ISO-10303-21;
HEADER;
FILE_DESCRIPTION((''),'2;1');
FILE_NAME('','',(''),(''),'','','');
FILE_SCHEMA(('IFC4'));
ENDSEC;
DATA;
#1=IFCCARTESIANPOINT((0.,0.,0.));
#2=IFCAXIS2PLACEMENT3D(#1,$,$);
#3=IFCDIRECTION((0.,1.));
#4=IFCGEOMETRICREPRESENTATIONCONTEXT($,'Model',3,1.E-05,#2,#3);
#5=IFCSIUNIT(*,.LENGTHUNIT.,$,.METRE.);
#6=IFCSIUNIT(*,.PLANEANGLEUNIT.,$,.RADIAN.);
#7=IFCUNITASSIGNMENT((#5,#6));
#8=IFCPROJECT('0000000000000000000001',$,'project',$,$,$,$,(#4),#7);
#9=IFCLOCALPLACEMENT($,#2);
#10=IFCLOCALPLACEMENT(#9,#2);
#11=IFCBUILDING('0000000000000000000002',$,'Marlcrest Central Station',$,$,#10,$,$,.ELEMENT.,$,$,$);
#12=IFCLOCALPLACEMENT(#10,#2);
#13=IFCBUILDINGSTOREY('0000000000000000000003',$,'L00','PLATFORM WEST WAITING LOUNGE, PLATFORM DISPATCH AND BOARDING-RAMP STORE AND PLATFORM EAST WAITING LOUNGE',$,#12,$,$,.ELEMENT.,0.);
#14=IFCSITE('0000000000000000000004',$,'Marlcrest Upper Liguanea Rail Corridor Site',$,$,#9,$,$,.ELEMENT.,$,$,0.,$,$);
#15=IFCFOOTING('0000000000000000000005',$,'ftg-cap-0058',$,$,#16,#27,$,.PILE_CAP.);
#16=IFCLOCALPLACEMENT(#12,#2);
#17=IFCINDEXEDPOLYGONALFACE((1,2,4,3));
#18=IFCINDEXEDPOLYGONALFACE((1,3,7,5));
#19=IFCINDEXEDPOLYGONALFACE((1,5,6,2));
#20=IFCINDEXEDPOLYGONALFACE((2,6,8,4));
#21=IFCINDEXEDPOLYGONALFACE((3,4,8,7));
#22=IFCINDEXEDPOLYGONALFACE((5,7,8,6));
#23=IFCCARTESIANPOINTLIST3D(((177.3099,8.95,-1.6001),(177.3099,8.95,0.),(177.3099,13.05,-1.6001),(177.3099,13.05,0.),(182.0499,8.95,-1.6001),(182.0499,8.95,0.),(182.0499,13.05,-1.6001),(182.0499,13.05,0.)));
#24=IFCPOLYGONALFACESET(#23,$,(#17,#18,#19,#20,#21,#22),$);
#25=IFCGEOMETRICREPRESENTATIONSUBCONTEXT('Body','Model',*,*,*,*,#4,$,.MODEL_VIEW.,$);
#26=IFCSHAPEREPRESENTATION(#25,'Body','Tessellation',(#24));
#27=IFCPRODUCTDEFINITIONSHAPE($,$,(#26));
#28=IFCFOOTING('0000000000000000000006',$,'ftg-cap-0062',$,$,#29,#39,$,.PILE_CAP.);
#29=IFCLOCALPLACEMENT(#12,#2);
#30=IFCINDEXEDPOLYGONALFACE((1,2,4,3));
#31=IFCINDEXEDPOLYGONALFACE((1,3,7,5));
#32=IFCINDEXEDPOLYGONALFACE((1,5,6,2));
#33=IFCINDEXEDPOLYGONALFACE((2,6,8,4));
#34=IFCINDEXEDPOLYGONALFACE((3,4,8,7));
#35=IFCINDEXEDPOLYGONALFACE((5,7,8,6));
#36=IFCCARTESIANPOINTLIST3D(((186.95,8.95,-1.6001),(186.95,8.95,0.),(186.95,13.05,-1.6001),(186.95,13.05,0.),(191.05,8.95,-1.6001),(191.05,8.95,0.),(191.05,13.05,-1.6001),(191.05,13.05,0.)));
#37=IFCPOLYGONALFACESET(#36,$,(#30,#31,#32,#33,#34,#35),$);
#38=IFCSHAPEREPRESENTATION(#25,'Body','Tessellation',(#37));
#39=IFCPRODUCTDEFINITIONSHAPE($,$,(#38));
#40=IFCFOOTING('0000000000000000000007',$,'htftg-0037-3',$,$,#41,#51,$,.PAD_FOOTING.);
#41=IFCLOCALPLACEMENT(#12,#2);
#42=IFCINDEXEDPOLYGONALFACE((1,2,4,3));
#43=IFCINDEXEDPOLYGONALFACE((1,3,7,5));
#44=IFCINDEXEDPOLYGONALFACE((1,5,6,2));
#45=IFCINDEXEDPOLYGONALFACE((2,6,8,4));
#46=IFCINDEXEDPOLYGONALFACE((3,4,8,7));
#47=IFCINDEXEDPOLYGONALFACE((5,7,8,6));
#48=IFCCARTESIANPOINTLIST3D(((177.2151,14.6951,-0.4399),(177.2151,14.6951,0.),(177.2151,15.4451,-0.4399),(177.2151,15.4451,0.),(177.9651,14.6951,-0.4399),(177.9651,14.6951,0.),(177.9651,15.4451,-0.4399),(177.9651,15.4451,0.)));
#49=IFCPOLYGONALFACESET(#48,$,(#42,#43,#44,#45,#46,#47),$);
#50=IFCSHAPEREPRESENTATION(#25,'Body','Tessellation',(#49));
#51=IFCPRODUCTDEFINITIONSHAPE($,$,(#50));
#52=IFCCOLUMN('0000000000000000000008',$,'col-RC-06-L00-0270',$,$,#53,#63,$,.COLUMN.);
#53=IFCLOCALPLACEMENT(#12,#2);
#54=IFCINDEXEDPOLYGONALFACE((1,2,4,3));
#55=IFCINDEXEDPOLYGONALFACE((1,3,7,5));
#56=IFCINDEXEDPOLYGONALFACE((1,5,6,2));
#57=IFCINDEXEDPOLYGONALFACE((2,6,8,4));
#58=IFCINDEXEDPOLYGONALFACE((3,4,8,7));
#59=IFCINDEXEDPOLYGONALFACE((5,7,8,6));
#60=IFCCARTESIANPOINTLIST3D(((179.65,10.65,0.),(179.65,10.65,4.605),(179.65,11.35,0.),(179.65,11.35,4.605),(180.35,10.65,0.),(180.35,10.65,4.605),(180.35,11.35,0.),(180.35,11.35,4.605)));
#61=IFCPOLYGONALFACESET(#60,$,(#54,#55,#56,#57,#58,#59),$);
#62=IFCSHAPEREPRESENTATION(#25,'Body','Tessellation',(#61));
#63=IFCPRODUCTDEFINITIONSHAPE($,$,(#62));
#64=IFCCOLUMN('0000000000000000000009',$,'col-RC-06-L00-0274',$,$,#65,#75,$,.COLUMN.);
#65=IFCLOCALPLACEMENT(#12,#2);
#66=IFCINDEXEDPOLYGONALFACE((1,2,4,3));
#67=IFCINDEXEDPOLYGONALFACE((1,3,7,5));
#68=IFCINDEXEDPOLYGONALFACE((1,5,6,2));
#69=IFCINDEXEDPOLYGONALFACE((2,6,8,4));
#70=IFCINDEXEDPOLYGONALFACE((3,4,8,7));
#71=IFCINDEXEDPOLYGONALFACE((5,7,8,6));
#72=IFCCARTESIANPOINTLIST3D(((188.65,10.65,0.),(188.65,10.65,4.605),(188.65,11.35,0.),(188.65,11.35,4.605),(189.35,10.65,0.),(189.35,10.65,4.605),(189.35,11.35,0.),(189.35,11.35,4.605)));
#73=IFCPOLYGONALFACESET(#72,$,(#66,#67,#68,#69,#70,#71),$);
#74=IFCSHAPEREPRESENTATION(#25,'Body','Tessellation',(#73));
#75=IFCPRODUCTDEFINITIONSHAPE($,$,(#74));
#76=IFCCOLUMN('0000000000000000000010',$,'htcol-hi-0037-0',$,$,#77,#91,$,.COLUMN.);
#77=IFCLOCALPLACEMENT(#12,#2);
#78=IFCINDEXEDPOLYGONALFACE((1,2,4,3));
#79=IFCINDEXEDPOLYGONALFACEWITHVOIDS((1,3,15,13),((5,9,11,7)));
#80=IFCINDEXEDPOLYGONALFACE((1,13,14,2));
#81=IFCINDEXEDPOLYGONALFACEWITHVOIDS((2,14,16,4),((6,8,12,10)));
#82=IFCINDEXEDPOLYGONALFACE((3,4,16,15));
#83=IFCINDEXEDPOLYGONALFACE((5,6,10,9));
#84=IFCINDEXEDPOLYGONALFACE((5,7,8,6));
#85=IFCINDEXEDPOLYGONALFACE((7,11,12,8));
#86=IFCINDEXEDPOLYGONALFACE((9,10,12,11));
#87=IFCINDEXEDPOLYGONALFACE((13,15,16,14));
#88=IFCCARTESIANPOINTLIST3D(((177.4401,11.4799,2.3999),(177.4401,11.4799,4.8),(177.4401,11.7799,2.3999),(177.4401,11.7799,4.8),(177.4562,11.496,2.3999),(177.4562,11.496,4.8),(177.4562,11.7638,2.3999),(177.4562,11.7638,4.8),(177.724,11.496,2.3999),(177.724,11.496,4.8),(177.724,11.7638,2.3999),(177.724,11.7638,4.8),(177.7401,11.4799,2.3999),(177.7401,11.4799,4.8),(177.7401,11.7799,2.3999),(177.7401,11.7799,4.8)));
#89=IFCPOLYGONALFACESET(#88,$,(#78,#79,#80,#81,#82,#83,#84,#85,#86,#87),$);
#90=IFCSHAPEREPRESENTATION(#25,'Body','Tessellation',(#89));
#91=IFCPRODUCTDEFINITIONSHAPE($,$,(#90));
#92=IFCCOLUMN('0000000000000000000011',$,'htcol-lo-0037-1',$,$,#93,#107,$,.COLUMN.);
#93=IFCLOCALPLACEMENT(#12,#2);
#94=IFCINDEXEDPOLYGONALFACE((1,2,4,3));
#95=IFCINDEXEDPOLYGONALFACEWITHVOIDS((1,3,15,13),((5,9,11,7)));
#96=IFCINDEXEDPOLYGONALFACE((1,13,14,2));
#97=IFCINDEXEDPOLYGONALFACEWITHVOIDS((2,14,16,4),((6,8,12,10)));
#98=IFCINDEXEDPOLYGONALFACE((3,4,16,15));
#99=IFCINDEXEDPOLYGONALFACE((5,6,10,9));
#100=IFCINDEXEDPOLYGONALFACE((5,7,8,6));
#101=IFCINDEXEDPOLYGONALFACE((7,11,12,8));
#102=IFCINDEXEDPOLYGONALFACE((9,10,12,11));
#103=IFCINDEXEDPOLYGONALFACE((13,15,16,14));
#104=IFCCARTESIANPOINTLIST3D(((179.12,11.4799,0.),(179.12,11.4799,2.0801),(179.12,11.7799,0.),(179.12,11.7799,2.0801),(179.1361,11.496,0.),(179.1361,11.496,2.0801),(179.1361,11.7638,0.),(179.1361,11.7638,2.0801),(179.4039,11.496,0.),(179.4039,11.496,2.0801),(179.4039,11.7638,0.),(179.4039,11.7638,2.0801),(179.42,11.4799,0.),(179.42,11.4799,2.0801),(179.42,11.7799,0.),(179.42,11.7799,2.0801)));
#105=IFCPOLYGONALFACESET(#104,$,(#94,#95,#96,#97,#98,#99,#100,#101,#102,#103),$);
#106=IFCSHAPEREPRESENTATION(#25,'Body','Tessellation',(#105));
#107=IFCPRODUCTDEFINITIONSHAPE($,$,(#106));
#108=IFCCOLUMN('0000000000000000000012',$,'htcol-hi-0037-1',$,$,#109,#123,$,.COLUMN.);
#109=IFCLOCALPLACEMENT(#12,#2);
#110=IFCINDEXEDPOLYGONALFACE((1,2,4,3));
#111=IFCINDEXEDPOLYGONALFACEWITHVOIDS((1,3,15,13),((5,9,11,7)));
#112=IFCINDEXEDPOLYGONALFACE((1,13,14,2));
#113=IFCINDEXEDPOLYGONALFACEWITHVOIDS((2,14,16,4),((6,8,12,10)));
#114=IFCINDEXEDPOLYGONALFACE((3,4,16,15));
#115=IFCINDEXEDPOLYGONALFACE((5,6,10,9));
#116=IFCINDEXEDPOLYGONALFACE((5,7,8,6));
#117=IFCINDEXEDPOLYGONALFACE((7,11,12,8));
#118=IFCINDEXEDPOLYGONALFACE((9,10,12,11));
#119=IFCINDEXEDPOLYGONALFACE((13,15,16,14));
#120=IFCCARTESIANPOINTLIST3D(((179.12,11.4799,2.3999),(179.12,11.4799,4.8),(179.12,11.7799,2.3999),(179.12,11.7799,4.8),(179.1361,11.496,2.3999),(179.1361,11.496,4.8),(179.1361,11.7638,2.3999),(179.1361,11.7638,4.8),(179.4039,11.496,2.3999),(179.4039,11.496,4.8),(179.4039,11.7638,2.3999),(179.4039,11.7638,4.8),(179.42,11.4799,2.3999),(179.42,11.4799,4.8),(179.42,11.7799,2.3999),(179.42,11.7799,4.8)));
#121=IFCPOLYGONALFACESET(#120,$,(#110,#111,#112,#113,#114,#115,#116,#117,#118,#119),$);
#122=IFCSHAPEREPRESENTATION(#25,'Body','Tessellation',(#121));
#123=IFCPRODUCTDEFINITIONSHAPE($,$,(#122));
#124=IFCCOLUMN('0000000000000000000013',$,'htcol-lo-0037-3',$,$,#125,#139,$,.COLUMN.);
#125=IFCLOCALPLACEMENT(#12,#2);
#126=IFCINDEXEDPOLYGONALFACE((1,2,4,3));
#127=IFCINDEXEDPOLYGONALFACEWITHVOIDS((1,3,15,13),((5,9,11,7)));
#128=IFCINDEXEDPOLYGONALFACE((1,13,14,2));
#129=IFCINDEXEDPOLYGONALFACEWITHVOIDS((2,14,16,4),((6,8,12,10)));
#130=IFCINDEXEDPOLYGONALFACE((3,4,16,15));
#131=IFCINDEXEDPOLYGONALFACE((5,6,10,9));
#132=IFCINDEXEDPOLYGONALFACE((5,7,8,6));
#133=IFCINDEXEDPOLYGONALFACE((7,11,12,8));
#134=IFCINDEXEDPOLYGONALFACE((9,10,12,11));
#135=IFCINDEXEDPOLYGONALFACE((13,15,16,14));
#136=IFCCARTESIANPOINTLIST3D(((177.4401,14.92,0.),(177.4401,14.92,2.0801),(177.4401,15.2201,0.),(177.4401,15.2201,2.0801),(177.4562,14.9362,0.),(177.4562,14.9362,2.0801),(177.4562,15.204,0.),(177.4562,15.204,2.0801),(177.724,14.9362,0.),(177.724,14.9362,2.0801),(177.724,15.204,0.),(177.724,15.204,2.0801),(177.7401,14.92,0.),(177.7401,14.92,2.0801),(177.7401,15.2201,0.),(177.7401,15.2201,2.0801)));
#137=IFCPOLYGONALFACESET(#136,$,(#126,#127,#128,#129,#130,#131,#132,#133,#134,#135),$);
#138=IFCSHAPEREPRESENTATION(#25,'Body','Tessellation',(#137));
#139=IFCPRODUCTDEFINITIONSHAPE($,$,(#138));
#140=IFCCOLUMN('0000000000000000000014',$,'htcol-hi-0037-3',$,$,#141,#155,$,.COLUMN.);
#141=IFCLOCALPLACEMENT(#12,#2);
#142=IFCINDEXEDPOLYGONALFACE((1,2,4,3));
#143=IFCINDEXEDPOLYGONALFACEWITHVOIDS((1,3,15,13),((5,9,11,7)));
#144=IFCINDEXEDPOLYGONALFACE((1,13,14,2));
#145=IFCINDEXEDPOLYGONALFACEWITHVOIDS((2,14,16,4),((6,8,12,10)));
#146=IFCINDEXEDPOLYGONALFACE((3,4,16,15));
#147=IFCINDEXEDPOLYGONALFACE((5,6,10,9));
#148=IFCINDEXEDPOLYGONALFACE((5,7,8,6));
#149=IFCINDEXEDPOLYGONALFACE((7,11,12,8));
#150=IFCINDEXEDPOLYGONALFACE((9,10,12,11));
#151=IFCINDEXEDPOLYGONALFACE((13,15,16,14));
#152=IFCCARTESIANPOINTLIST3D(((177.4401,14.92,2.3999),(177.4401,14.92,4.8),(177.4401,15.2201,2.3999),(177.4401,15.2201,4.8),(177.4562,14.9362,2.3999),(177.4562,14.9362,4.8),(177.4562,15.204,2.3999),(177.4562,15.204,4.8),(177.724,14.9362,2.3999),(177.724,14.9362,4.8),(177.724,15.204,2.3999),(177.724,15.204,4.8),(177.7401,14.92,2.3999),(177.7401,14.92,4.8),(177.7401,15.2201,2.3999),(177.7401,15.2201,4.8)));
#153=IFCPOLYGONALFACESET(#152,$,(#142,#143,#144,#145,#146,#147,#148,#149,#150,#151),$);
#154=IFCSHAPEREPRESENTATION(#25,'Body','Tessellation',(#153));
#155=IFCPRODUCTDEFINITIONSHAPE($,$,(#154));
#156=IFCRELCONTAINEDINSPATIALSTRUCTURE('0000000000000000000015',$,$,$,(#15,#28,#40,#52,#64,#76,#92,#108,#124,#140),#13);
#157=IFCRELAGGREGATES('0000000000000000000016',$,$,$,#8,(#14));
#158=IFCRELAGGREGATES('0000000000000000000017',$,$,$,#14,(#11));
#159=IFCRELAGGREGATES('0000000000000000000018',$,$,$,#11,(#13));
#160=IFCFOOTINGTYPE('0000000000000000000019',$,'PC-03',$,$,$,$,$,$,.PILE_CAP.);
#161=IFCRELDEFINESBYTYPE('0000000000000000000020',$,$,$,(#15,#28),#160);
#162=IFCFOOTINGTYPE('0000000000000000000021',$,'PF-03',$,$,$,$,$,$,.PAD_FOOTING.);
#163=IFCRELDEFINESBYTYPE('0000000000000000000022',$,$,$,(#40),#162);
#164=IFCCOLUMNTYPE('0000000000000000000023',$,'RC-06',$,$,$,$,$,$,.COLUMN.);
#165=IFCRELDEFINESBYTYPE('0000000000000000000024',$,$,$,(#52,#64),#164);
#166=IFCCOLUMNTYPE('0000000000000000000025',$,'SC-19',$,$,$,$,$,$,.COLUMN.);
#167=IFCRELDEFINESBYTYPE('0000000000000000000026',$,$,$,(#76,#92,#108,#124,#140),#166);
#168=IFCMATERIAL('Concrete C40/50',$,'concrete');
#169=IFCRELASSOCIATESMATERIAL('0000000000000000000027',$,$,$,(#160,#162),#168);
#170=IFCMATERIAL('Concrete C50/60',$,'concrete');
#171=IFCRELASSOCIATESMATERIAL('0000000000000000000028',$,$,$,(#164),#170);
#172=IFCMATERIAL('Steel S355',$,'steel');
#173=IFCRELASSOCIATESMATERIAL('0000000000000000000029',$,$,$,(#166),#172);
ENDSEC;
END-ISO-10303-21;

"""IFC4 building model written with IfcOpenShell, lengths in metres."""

from ifc_helpers import new_model, si_unit, direction, frame, origin, origin_2d, place, context, subcontext, project, spatial, rectangle, hollow_rectangle, extrude, material, material_profile, profile_set, type_object, element, save


model = new_model("IFC4")

# Units and contexts
model_context = context("Model", 3, precision=1e-05, world=origin(), true_north=direction((0.0, 1.0)))
body_context = subcontext(model_context, "Body", "Model", "MODEL_VIEW")
ifc_project = project(units=[si_unit("LENGTHUNIT", "METRE"), si_unit("PLANEANGLEUNIT", "RADIAN")], contexts=[model_context])

# Site, building, storey
site_placement = place(None, origin())
site = spatial("IfcSite", under=ifc_project, at=site_placement, Name="Marlcrest Upper Liguanea Rail Corridor Site", CompositionType="ELEMENT", RefElevation=0.0)
building_placement = place(site_placement, origin())
building = spatial("IfcBuilding", under=site, at=building_placement, Name="Marlcrest Central Station", CompositionType="ELEMENT")
storey_placement = place(building_placement, origin())
storey = spatial("IfcBuildingStorey", under=building, at=storey_placement, Name="L00", Description="PLATFORM WEST WAITING LOUNGE, PLATFORM DISPATCH AND BOARDING-RAMP STORE AND PLATFORM EAST WAITING LOUNGE", CompositionType="ELEMENT", Elevation=0.0)

# Footings
ifc_material_1 = material(Name="Concrete C40/50", Category="concrete")
footing_type_1 = type_object("IfcFootingType", Name="PC-03", PredefinedType="PILE_CAP", material=ifc_material_1)
footing_1_placement = place(storey_placement, frame((179.6799, 11.0, -1.6001), z_axis=(0.0, 0.0, 1.0), x_axis=(1.0, 0.0, 0.0)))
element("IfcFooting", 1, at=footing_1_placement, inside=storey, type_object=footing_type_1, Name="ftg-cap-0058", PredefinedType="PILE_CAP", context=body_context, shape_type="SweptSolid", body=[
    extrude(rectangle(XDim=4.74, YDim=4.1001, at=origin_2d()), origin(), (0.0, 0.0, 1.0), 1.6001),
])
footing_2_placement = place(storey_placement, frame((189.0, 11.0, -1.6001), z_axis=(0.0, 0.0, 1.0), x_axis=(1.0, 0.0, 0.0)))
element("IfcFooting", 2, at=footing_2_placement, inside=storey, type_object=footing_type_1, Name="ftg-cap-0062", PredefinedType="PILE_CAP", context=body_context, shape_type="SweptSolid", body=[
    extrude(rectangle(XDim=4.1001, YDim=4.1001, at=origin_2d()), origin(), (0.0, 0.0, 1.0), 1.6001),
])
footing_type_2 = type_object("IfcFootingType", Name="PF-03", PredefinedType="PAD_FOOTING", material=ifc_material_1)
footing_3_placement = place(storey_placement, frame((177.5901, 15.0701, -0.4399), z_axis=(0.0, 0.0, 1.0), x_axis=(1.0, 0.0, 0.0)))
element("IfcFooting", 3, at=footing_3_placement, inside=storey, type_object=footing_type_2, Name="htftg-0037-3", PredefinedType="PAD_FOOTING", context=body_context, shape_type="SweptSolid", body=[
    extrude(rectangle(XDim=0.75, YDim=0.75, at=origin_2d()), origin(), (0.0, 0.0, 1.0), 0.4399),
])

# Columns
ifc_material_2 = material(Name="Concrete C50/60", Category="concrete")
ifc_material_profile_1 = material_profile(ifc_material_2, rectangle(XDim=0.7, YDim=0.7, at=origin_2d()), Name="RC 700x700")
ifc_profile_set_1 = profile_set([ifc_material_profile_1], Name="Concrete C50/60")
column_type_1 = type_object("IfcColumnType", Name="RC-06", PredefinedType="COLUMN", material=ifc_profile_set_1)
for number, where, z_axis, x_axis, name in (
    (4, (180.0, 11.0, 0.0), (0.0, 0.0, 1.0), (1.0, 0.0, 0.0), "col-RC-06-L00-0270"),
    (5, (189.0, 11.0, 0.0), (0.0, 0.0, 1.0), (1.0, 0.0, 0.0), "col-RC-06-L00-0274"),
):
    element("IfcColumn", number, at=place(storey_placement, frame(where, z_axis=z_axis, x_axis=x_axis)), inside=storey, type_object=column_type_1, Name=name, PredefinedType="COLUMN", context=body_context, shape_type="SweptSolid", body=[
        extrude(rectangle(XDim=0.7, YDim=0.7, at=origin_2d()), origin(), (0.0, 0.0, 1.0), 4.605),
    ])
ifc_material_3 = material(Name="Steel S355", Category="steel")
ifc_material_profile_2 = material_profile(ifc_material_3, hollow_rectangle(XDim=0.3, YDim=0.3, WallThickness=0.0161, at=origin_2d()), Name="SHS 300x300x16")
ifc_profile_set_2 = profile_set([ifc_material_profile_2], Name="Steel S355")
column_type_2 = type_object("IfcColumnType", Name="SC-19", PredefinedType="COLUMN", material=ifc_profile_set_2)
column_1_placement = place(storey_placement, frame((177.5901, 11.6299, 2.3999), z_axis=(0.0, 0.0, 1.0), x_axis=(1.0, 0.0, 0.0)))
element("IfcColumn", 6, at=column_1_placement, inside=storey, type_object=column_type_2, Name="htcol-hi-0037-0", PredefinedType="COLUMN", context=body_context, shape_type="SweptSolid", body=[
    extrude(hollow_rectangle(XDim=0.3, YDim=0.3, WallThickness=0.0161, at=origin_2d()), origin(), (0.0, 0.0, 1.0), 2.4001),
])
column_2_placement = place(storey_placement, frame((179.27, 11.6299, 0.0), z_axis=(0.0, 0.0, 1.0), x_axis=(1.0, 0.0, 0.0)))
element("IfcColumn", 7, at=column_2_placement, inside=storey, type_object=column_type_2, Name="htcol-lo-0037-1", PredefinedType="COLUMN", context=body_context, shape_type="SweptSolid", body=[
    extrude(hollow_rectangle(XDim=0.3, YDim=0.3, WallThickness=0.0161, at=origin_2d()), origin(), (0.0, 0.0, 1.0), 2.0801),
])
column_3_placement = place(storey_placement, frame((179.27, 11.6299, 2.3999), z_axis=(0.0, 0.0, 1.0), x_axis=(1.0, 0.0, 0.0)))
element("IfcColumn", 8, at=column_3_placement, inside=storey, type_object=column_type_2, Name="htcol-hi-0037-1", PredefinedType="COLUMN", context=body_context, shape_type="SweptSolid", body=[
    extrude(hollow_rectangle(XDim=0.3, YDim=0.3, WallThickness=0.0161, at=origin_2d()), origin(), (0.0, 0.0, 1.0), 2.4001),
])
column_4_placement = place(storey_placement, frame((177.5901, 15.0701, 0.0), z_axis=(0.0, 0.0, 1.0), x_axis=(1.0, 0.0, 0.0)))
element("IfcColumn", 9, at=column_4_placement, inside=storey, type_object=column_type_2, Name="htcol-lo-0037-3", PredefinedType="COLUMN", context=body_context, shape_type="SweptSolid", body=[
    extrude(hollow_rectangle(XDim=0.3, YDim=0.3, WallThickness=0.0161, at=origin_2d()), origin(), (0.0, 0.0, 1.0), 2.0801),
])
column_5_placement = place(storey_placement, frame((177.5901, 15.0701, 2.3999), z_axis=(0.0, 0.0, 1.0), x_axis=(1.0, 0.0, 0.0)))
element("IfcColumn", 10, at=column_5_placement, inside=storey, type_object=column_type_2, Name="htcol-hi-0037-3", PredefinedType="COLUMN", context=body_context, shape_type="SweptSolid", body=[
    extrude(hollow_rectangle(XDim=0.3, YDim=0.3, WallThickness=0.0161, at=origin_2d()), origin(), (0.0, 0.0, 1.0), 2.4001),
])

save(model, "model.ifc")
